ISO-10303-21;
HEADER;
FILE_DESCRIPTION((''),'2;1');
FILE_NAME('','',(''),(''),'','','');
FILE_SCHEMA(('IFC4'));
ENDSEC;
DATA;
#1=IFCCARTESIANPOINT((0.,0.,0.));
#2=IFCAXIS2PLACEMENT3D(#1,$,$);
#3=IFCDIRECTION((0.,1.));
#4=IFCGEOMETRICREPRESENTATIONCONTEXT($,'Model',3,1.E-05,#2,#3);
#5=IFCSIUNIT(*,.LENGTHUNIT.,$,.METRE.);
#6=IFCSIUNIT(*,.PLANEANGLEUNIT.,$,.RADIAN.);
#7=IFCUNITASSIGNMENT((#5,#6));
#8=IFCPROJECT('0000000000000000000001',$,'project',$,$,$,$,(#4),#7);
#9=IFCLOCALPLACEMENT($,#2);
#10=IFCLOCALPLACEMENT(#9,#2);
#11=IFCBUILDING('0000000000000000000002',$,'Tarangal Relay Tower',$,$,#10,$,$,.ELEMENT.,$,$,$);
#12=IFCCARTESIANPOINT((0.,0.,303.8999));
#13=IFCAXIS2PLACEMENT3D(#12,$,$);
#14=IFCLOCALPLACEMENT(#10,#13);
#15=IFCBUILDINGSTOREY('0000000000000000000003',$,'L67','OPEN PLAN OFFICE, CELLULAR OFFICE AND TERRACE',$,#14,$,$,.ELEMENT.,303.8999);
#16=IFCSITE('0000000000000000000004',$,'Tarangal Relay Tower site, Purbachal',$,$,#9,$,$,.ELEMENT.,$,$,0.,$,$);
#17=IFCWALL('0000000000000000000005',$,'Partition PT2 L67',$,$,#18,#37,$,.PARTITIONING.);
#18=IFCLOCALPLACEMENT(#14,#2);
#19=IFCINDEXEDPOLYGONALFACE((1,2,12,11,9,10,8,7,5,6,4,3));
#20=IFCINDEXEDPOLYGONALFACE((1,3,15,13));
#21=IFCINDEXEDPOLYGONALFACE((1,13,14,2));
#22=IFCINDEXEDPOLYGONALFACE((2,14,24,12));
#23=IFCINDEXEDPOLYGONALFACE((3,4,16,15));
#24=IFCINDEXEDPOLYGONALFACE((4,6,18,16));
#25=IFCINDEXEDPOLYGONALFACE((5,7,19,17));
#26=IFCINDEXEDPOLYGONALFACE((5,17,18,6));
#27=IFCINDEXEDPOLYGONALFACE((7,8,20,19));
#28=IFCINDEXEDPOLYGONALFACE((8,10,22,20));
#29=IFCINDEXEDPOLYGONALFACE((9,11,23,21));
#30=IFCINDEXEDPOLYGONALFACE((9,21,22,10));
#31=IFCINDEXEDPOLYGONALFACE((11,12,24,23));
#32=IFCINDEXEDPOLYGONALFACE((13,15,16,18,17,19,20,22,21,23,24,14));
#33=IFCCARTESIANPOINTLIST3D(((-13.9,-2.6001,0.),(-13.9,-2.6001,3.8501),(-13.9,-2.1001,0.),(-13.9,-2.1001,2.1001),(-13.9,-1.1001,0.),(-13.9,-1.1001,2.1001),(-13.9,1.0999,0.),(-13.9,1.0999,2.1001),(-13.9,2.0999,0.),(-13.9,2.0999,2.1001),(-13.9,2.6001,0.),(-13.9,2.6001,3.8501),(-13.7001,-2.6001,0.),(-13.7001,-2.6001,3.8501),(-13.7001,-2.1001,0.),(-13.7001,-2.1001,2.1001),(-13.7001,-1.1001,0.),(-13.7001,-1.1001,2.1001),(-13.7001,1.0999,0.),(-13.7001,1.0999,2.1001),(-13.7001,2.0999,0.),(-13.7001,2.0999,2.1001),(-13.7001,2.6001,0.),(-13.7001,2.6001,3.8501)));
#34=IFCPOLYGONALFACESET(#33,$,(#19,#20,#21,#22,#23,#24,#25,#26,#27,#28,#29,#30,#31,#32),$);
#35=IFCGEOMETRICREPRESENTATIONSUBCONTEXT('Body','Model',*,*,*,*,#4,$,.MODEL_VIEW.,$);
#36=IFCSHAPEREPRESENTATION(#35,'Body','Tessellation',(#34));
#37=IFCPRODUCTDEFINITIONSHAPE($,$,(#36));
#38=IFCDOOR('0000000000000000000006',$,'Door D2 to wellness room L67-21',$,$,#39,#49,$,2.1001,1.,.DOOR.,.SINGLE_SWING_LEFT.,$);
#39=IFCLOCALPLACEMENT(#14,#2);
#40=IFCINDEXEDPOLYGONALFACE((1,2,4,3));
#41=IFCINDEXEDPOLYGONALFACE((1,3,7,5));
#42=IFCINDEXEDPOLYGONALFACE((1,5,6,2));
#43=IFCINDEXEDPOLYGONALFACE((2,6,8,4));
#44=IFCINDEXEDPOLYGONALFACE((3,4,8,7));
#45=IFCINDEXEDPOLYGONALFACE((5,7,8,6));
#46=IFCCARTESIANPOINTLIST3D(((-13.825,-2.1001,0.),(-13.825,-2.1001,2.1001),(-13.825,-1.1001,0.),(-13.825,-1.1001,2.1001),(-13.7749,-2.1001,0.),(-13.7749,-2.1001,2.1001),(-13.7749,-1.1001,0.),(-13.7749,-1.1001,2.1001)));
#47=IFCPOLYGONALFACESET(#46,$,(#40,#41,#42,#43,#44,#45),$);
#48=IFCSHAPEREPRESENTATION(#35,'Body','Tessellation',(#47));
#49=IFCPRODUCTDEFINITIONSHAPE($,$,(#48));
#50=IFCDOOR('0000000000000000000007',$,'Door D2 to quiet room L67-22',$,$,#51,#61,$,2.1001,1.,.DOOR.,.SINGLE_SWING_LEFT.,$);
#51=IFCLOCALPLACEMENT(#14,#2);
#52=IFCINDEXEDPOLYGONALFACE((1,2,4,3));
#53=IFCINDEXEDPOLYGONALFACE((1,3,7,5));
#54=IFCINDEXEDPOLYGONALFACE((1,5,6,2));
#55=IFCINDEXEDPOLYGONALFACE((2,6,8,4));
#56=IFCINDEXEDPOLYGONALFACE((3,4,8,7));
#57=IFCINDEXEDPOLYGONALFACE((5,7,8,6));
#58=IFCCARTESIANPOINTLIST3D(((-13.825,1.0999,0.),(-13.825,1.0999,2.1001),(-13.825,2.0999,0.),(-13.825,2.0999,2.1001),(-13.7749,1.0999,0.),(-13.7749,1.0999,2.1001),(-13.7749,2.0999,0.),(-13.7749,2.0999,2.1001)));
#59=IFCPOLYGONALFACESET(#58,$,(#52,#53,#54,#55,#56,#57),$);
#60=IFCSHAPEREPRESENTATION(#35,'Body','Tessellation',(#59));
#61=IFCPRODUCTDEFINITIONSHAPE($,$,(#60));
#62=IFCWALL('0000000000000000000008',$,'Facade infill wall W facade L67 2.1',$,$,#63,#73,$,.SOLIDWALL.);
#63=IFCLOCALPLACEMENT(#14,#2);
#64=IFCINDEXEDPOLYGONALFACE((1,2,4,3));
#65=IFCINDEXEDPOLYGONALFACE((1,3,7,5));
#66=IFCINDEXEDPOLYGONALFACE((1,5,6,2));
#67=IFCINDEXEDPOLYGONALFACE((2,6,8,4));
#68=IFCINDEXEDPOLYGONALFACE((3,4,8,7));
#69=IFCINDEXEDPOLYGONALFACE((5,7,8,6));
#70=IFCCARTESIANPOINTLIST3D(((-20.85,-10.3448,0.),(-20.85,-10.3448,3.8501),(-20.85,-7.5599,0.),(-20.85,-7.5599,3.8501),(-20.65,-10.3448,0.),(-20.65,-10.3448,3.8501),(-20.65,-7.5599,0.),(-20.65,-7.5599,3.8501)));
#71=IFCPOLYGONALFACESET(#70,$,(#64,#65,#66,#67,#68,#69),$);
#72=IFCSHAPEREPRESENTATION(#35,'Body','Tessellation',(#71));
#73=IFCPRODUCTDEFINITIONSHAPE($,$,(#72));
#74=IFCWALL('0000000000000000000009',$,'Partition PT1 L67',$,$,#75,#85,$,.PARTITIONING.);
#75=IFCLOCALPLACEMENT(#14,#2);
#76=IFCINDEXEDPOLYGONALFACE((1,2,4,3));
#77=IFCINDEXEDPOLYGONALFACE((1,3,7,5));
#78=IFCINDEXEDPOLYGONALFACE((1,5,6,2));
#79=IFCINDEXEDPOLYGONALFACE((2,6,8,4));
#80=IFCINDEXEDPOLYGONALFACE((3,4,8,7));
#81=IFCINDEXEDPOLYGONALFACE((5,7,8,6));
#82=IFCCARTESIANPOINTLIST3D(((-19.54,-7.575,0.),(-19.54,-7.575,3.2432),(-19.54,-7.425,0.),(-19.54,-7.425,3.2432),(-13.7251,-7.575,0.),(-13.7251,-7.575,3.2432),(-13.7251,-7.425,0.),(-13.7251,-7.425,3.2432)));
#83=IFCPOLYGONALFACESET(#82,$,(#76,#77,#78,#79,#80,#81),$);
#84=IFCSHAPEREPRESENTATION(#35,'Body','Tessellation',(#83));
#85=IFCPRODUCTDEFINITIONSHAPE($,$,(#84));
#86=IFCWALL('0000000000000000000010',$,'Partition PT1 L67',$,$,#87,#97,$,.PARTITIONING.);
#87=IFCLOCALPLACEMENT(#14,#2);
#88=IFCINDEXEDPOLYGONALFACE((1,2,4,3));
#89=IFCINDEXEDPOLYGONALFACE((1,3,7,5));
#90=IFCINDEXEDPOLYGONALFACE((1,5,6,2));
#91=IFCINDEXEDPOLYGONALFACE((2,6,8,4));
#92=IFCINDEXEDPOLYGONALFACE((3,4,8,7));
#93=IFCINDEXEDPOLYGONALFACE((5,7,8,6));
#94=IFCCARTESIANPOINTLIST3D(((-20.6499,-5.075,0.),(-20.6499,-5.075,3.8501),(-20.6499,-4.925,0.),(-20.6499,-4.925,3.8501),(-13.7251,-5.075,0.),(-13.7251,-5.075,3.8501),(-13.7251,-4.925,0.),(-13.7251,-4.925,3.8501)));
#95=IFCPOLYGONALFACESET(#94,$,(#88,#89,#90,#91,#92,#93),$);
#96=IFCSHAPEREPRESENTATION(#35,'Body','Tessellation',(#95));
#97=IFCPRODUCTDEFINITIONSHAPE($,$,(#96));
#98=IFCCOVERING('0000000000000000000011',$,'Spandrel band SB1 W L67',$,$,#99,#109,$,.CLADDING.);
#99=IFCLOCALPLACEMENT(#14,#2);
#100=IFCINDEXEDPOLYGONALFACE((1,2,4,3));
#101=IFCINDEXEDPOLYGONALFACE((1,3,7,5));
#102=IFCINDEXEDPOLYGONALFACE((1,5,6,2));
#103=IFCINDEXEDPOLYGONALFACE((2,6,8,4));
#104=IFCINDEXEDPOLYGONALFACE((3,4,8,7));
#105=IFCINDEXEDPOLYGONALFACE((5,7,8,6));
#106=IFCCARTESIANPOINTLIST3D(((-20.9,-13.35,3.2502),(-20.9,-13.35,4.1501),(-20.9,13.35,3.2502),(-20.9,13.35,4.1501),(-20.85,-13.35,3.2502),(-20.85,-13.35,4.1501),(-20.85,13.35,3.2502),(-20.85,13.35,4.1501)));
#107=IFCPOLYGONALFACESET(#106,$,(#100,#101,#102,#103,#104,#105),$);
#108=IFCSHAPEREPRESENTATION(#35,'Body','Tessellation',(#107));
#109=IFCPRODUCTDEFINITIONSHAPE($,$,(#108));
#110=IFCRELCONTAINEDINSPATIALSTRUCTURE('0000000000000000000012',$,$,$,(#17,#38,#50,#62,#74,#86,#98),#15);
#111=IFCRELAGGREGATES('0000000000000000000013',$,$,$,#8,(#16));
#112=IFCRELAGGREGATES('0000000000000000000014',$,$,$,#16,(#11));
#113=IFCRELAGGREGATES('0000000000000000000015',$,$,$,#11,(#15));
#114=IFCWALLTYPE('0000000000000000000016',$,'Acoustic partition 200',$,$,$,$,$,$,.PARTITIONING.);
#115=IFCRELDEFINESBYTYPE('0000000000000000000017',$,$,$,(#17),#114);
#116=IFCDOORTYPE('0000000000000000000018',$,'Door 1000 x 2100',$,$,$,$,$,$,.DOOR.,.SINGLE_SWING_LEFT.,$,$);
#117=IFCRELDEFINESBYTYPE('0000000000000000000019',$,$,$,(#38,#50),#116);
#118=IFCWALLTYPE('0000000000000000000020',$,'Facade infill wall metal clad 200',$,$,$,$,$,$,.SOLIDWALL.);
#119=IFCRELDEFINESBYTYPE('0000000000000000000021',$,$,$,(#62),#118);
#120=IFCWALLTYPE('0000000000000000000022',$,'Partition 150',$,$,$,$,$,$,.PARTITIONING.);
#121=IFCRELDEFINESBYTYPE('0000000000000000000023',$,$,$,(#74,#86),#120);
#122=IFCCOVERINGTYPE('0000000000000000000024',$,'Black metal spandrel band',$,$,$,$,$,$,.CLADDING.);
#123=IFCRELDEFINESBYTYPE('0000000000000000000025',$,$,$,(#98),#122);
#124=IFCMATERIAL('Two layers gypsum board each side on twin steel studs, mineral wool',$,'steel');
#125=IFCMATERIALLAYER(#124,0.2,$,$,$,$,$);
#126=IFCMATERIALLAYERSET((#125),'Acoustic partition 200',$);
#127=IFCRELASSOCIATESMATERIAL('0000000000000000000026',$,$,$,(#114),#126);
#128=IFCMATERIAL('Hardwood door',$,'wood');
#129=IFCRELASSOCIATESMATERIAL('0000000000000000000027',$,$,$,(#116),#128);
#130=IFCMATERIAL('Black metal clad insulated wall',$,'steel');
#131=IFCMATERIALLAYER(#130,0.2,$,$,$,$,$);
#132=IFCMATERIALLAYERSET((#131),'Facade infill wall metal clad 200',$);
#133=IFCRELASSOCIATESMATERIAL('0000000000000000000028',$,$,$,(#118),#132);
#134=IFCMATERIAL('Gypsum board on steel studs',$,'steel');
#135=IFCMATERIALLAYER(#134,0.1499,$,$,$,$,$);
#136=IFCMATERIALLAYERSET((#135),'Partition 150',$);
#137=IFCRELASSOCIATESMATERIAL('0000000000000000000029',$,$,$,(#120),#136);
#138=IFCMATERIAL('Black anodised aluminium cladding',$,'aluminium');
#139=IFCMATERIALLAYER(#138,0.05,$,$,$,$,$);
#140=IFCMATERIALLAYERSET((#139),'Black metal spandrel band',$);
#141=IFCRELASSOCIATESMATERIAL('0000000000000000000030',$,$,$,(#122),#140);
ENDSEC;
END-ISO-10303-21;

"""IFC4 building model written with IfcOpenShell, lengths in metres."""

from ifc_helpers import new_model, si_unit, direction, frame, frame_2d, origin, origin_2d, place, context, subcontext, project, spatial, rectangle, extrude, material, layer, layer_set, type_object, element, fill, save


model = new_model("IFC4")

# Units and contexts
model_context = context("Model", 3, precision=1e-05, world=origin(), true_north=direction((0.0, 1.0)))
body_context = subcontext(model_context, "Body", "Model", "MODEL_VIEW")
ifc_project = project(units=[si_unit("LENGTHUNIT", "METRE"), si_unit("PLANEANGLEUNIT", "RADIAN")], contexts=[model_context])

# Site, building, storey
site_placement = place(None, origin())
site = spatial("IfcSite", under=ifc_project, at=site_placement, Name="Tarangal Relay Tower site, Purbachal", CompositionType="ELEMENT", RefElevation=0.0)
building_placement = place(site_placement, origin())
building = spatial("IfcBuilding", under=site, at=building_placement, Name="Tarangal Relay Tower", CompositionType="ELEMENT")
storey_placement = place(building_placement, frame((0.0, 0.0, 303.8999)))
storey = spatial("IfcBuildingStorey", under=building, at=storey_placement, Name="L67", Description="OPEN PLAN OFFICE, CELLULAR OFFICE AND TERRACE", CompositionType="ELEMENT", Elevation=303.8999)

# Shared definitions
ifc_material_1 = material(Name="Two layers gypsum board each side on twin steel studs, mineral wool", Category="steel")
ifc_layer_1 = layer(ifc_material_1, 0.2)
ifc_layer_set_1 = layer_set([ifc_layer_1], Name="Acoustic partition 200")
wall_type_1 = type_object("IfcWallType", Name="Acoustic partition 200", PredefinedType="PARTITIONING", material=ifc_layer_set_1)

# Wall, openings, doors
wall_1_placement = place(storey_placement, frame((-13.8, -2.6001, 0.0), z_axis=(0.0, 0.0, 1.0), x_axis=(0.0, 1.0, 0.0)))
wall_1 = element("IfcWall", 1, at=wall_1_placement, inside=storey, type_object=wall_type_1, Name="Partition PT2 L67", PredefinedType="PARTITIONING", context=body_context, shape_type="SweptSolid", body=[
    extrude(rectangle(XDim=5.2002, YDim=0.2, at=frame_2d((2.6001, 0.0))), origin(), (0.0, 0.0, 1.0), 3.8501),
])
opening_1_placement = place(wall_1_placement, frame((0.5, 0.0, 0.0)))
opening_1 = element("IfcOpeningElement", 2, at=opening_1_placement, cuts=wall_1, PredefinedType="OPENING", context=body_context, shape_type="SweptSolid", body=[
    extrude(rectangle(XDim=1.0, YDim=2.1001, at=frame_2d((0.5, 1.05))), frame((0.0, 0.1099, 0.0), z_axis=(0.0, -1.0, 0.0), x_axis=(1.0, 0.0, 0.0)), (0.0, 0.0, 1.0), 0.22),
])
opening_2_placement = place(wall_1_placement, frame((3.7, 0.0, 0.0)))
opening_2 = element("IfcOpeningElement", 3, at=opening_2_placement, cuts=wall_1, PredefinedType="OPENING", context=body_context, shape_type="SweptSolid", body=[
    extrude(rectangle(XDim=1.0, YDim=2.1001, at=frame_2d((0.5, 1.05))), frame((0.0, 0.1099, 0.0), z_axis=(0.0, -1.0, 0.0), x_axis=(1.0, 0.0, 0.0)), (0.0, 0.0, 1.0), 0.22),
])
ifc_material_2 = material(Name="Hardwood door", Category="wood")
door_type = type_object("IfcDoorType", Name="Door 1000 x 2100", OperationType="SINGLE_SWING_LEFT", PredefinedType="DOOR", material=ifc_material_2)
door_1_placement = place(opening_1_placement, origin())
door_1 = element("IfcDoor", 4, at=door_1_placement, inside=storey, type_object=door_type, Name="Door D2 to wellness room L67-21", OperationType="SINGLE_SWING_LEFT", OverallHeight=2.1001, OverallWidth=1.0, PredefinedType="DOOR", context=body_context, shape_type="SweptSolid", body=[
    extrude(rectangle(XDim=1.0, YDim=2.1001, at=frame_2d((0.5, 1.05))), frame((0.0, 0.0249, 0.0), z_axis=(0.0, -1.0, 0.0), x_axis=(1.0, 0.0, 0.0)), (0.0, 0.0, 1.0), 0.05),
])
fill(opening_1, door_1)
door_2_placement = place(opening_2_placement, origin())
door_2 = element("IfcDoor", 5, at=door_2_placement, inside=storey, type_object=door_type, Name="Door D2 to quiet room L67-22", OperationType="SINGLE_SWING_LEFT", OverallHeight=2.1001, OverallWidth=1.0, PredefinedType="DOOR", context=body_context, shape_type="SweptSolid", body=[
    extrude(rectangle(XDim=1.0, YDim=2.1001, at=frame_2d((0.5, 1.05))), frame((0.0, 0.0249, 0.0), z_axis=(0.0, -1.0, 0.0), x_axis=(1.0, 0.0, 0.0)), (0.0, 0.0, 1.0), 0.05),
])
fill(opening_2, door_2)

# Walls
ifc_material_3 = material(Name="Black metal clad insulated wall", Category="steel")
ifc_layer_2 = layer(ifc_material_3, 0.2)
ifc_layer_set_2 = layer_set([ifc_layer_2], Name="Facade infill wall metal clad 200")
wall_type_2 = type_object("IfcWallType", Name="Facade infill wall metal clad 200", PredefinedType="SOLIDWALL", material=ifc_layer_set_2)
wall_2_placement = place(storey_placement, frame((-20.75, -10.345, 0.0), z_axis=(0.0, 0.0, 1.0), x_axis=(0.0, 1.0, 0.0)))
element("IfcWall", 6, at=wall_2_placement, inside=storey, type_object=wall_type_2, Name="Facade infill wall W facade L67 2.1", PredefinedType="SOLIDWALL", context=body_context, shape_type="SweptSolid", body=[
    extrude(rectangle(XDim=2.7849, YDim=0.2, at=frame_2d((1.3926, 0.0))), origin(), (0.0, 0.0, 1.0), 3.8501),
])
ifc_material_4 = material(Name="Gypsum board on steel studs", Category="steel")
ifc_layer_3 = layer(ifc_material_4, 0.1499)
ifc_layer_set_3 = layer_set([ifc_layer_3], Name="Partition 150")
wall_type_3 = type_object("IfcWallType", Name="Partition 150", PredefinedType="PARTITIONING", material=ifc_layer_set_3)
wall_3_placement = place(storey_placement, frame((-19.54, -7.5, 0.0), z_axis=(0.0, 0.0, 1.0), x_axis=(1.0, 0.0, 0.0)))
element("IfcWall", 7, at=wall_3_placement, inside=storey, type_object=wall_type_3, Name="Partition PT1 L67", PredefinedType="PARTITIONING", context=body_context, shape_type="SweptSolid", body=[
    extrude(rectangle(XDim=5.8149, YDim=0.1499, at=frame_2d((2.9075, 0.0))), origin(), (0.0, 0.0, 1.0), 3.2432),
])
wall_4_placement = place(storey_placement, frame((-20.6499, -5.0, 0.0), z_axis=(0.0, 0.0, 1.0), x_axis=(1.0, 0.0, 0.0)))
element("IfcWall", 8, at=wall_4_placement, inside=storey, type_object=wall_type_3, Name="Partition PT1 L67", PredefinedType="PARTITIONING", context=body_context, shape_type="SweptSolid", body=[
    extrude(rectangle(XDim=6.9248, YDim=0.1499, at=frame_2d((3.4624, 0.0))), origin(), (0.0, 0.0, 1.0), 3.8501),
])

# Covering
ifc_material_5 = material(Name="Black anodised aluminium cladding", Category="aluminium")
ifc_layer_4 = layer(ifc_material_5, 0.05)
ifc_layer_set_4 = layer_set([ifc_layer_4], Name="Black metal spandrel band")
covering_type = type_object("IfcCoveringType", Name="Black metal spandrel band", PredefinedType="CLADDING", material=ifc_layer_set_4)
covering_placement = place(storey_placement, frame((-20.875, 0.0, 3.2502), z_axis=(0.0, 0.0, 1.0), x_axis=(0.0, 1.0, 0.0)))
element("IfcCovering", 9, at=covering_placement, inside=storey, type_object=covering_type, Name="Spandrel band SB1 W L67", PredefinedType="CLADDING", context=body_context, shape_type="SweptSolid", body=[
    extrude(rectangle(XDim=26.7, YDim=0.05, at=origin_2d()), origin(), (0.0, 0.0, 1.0), 0.8999),
])

save(model, "model.ifc")
